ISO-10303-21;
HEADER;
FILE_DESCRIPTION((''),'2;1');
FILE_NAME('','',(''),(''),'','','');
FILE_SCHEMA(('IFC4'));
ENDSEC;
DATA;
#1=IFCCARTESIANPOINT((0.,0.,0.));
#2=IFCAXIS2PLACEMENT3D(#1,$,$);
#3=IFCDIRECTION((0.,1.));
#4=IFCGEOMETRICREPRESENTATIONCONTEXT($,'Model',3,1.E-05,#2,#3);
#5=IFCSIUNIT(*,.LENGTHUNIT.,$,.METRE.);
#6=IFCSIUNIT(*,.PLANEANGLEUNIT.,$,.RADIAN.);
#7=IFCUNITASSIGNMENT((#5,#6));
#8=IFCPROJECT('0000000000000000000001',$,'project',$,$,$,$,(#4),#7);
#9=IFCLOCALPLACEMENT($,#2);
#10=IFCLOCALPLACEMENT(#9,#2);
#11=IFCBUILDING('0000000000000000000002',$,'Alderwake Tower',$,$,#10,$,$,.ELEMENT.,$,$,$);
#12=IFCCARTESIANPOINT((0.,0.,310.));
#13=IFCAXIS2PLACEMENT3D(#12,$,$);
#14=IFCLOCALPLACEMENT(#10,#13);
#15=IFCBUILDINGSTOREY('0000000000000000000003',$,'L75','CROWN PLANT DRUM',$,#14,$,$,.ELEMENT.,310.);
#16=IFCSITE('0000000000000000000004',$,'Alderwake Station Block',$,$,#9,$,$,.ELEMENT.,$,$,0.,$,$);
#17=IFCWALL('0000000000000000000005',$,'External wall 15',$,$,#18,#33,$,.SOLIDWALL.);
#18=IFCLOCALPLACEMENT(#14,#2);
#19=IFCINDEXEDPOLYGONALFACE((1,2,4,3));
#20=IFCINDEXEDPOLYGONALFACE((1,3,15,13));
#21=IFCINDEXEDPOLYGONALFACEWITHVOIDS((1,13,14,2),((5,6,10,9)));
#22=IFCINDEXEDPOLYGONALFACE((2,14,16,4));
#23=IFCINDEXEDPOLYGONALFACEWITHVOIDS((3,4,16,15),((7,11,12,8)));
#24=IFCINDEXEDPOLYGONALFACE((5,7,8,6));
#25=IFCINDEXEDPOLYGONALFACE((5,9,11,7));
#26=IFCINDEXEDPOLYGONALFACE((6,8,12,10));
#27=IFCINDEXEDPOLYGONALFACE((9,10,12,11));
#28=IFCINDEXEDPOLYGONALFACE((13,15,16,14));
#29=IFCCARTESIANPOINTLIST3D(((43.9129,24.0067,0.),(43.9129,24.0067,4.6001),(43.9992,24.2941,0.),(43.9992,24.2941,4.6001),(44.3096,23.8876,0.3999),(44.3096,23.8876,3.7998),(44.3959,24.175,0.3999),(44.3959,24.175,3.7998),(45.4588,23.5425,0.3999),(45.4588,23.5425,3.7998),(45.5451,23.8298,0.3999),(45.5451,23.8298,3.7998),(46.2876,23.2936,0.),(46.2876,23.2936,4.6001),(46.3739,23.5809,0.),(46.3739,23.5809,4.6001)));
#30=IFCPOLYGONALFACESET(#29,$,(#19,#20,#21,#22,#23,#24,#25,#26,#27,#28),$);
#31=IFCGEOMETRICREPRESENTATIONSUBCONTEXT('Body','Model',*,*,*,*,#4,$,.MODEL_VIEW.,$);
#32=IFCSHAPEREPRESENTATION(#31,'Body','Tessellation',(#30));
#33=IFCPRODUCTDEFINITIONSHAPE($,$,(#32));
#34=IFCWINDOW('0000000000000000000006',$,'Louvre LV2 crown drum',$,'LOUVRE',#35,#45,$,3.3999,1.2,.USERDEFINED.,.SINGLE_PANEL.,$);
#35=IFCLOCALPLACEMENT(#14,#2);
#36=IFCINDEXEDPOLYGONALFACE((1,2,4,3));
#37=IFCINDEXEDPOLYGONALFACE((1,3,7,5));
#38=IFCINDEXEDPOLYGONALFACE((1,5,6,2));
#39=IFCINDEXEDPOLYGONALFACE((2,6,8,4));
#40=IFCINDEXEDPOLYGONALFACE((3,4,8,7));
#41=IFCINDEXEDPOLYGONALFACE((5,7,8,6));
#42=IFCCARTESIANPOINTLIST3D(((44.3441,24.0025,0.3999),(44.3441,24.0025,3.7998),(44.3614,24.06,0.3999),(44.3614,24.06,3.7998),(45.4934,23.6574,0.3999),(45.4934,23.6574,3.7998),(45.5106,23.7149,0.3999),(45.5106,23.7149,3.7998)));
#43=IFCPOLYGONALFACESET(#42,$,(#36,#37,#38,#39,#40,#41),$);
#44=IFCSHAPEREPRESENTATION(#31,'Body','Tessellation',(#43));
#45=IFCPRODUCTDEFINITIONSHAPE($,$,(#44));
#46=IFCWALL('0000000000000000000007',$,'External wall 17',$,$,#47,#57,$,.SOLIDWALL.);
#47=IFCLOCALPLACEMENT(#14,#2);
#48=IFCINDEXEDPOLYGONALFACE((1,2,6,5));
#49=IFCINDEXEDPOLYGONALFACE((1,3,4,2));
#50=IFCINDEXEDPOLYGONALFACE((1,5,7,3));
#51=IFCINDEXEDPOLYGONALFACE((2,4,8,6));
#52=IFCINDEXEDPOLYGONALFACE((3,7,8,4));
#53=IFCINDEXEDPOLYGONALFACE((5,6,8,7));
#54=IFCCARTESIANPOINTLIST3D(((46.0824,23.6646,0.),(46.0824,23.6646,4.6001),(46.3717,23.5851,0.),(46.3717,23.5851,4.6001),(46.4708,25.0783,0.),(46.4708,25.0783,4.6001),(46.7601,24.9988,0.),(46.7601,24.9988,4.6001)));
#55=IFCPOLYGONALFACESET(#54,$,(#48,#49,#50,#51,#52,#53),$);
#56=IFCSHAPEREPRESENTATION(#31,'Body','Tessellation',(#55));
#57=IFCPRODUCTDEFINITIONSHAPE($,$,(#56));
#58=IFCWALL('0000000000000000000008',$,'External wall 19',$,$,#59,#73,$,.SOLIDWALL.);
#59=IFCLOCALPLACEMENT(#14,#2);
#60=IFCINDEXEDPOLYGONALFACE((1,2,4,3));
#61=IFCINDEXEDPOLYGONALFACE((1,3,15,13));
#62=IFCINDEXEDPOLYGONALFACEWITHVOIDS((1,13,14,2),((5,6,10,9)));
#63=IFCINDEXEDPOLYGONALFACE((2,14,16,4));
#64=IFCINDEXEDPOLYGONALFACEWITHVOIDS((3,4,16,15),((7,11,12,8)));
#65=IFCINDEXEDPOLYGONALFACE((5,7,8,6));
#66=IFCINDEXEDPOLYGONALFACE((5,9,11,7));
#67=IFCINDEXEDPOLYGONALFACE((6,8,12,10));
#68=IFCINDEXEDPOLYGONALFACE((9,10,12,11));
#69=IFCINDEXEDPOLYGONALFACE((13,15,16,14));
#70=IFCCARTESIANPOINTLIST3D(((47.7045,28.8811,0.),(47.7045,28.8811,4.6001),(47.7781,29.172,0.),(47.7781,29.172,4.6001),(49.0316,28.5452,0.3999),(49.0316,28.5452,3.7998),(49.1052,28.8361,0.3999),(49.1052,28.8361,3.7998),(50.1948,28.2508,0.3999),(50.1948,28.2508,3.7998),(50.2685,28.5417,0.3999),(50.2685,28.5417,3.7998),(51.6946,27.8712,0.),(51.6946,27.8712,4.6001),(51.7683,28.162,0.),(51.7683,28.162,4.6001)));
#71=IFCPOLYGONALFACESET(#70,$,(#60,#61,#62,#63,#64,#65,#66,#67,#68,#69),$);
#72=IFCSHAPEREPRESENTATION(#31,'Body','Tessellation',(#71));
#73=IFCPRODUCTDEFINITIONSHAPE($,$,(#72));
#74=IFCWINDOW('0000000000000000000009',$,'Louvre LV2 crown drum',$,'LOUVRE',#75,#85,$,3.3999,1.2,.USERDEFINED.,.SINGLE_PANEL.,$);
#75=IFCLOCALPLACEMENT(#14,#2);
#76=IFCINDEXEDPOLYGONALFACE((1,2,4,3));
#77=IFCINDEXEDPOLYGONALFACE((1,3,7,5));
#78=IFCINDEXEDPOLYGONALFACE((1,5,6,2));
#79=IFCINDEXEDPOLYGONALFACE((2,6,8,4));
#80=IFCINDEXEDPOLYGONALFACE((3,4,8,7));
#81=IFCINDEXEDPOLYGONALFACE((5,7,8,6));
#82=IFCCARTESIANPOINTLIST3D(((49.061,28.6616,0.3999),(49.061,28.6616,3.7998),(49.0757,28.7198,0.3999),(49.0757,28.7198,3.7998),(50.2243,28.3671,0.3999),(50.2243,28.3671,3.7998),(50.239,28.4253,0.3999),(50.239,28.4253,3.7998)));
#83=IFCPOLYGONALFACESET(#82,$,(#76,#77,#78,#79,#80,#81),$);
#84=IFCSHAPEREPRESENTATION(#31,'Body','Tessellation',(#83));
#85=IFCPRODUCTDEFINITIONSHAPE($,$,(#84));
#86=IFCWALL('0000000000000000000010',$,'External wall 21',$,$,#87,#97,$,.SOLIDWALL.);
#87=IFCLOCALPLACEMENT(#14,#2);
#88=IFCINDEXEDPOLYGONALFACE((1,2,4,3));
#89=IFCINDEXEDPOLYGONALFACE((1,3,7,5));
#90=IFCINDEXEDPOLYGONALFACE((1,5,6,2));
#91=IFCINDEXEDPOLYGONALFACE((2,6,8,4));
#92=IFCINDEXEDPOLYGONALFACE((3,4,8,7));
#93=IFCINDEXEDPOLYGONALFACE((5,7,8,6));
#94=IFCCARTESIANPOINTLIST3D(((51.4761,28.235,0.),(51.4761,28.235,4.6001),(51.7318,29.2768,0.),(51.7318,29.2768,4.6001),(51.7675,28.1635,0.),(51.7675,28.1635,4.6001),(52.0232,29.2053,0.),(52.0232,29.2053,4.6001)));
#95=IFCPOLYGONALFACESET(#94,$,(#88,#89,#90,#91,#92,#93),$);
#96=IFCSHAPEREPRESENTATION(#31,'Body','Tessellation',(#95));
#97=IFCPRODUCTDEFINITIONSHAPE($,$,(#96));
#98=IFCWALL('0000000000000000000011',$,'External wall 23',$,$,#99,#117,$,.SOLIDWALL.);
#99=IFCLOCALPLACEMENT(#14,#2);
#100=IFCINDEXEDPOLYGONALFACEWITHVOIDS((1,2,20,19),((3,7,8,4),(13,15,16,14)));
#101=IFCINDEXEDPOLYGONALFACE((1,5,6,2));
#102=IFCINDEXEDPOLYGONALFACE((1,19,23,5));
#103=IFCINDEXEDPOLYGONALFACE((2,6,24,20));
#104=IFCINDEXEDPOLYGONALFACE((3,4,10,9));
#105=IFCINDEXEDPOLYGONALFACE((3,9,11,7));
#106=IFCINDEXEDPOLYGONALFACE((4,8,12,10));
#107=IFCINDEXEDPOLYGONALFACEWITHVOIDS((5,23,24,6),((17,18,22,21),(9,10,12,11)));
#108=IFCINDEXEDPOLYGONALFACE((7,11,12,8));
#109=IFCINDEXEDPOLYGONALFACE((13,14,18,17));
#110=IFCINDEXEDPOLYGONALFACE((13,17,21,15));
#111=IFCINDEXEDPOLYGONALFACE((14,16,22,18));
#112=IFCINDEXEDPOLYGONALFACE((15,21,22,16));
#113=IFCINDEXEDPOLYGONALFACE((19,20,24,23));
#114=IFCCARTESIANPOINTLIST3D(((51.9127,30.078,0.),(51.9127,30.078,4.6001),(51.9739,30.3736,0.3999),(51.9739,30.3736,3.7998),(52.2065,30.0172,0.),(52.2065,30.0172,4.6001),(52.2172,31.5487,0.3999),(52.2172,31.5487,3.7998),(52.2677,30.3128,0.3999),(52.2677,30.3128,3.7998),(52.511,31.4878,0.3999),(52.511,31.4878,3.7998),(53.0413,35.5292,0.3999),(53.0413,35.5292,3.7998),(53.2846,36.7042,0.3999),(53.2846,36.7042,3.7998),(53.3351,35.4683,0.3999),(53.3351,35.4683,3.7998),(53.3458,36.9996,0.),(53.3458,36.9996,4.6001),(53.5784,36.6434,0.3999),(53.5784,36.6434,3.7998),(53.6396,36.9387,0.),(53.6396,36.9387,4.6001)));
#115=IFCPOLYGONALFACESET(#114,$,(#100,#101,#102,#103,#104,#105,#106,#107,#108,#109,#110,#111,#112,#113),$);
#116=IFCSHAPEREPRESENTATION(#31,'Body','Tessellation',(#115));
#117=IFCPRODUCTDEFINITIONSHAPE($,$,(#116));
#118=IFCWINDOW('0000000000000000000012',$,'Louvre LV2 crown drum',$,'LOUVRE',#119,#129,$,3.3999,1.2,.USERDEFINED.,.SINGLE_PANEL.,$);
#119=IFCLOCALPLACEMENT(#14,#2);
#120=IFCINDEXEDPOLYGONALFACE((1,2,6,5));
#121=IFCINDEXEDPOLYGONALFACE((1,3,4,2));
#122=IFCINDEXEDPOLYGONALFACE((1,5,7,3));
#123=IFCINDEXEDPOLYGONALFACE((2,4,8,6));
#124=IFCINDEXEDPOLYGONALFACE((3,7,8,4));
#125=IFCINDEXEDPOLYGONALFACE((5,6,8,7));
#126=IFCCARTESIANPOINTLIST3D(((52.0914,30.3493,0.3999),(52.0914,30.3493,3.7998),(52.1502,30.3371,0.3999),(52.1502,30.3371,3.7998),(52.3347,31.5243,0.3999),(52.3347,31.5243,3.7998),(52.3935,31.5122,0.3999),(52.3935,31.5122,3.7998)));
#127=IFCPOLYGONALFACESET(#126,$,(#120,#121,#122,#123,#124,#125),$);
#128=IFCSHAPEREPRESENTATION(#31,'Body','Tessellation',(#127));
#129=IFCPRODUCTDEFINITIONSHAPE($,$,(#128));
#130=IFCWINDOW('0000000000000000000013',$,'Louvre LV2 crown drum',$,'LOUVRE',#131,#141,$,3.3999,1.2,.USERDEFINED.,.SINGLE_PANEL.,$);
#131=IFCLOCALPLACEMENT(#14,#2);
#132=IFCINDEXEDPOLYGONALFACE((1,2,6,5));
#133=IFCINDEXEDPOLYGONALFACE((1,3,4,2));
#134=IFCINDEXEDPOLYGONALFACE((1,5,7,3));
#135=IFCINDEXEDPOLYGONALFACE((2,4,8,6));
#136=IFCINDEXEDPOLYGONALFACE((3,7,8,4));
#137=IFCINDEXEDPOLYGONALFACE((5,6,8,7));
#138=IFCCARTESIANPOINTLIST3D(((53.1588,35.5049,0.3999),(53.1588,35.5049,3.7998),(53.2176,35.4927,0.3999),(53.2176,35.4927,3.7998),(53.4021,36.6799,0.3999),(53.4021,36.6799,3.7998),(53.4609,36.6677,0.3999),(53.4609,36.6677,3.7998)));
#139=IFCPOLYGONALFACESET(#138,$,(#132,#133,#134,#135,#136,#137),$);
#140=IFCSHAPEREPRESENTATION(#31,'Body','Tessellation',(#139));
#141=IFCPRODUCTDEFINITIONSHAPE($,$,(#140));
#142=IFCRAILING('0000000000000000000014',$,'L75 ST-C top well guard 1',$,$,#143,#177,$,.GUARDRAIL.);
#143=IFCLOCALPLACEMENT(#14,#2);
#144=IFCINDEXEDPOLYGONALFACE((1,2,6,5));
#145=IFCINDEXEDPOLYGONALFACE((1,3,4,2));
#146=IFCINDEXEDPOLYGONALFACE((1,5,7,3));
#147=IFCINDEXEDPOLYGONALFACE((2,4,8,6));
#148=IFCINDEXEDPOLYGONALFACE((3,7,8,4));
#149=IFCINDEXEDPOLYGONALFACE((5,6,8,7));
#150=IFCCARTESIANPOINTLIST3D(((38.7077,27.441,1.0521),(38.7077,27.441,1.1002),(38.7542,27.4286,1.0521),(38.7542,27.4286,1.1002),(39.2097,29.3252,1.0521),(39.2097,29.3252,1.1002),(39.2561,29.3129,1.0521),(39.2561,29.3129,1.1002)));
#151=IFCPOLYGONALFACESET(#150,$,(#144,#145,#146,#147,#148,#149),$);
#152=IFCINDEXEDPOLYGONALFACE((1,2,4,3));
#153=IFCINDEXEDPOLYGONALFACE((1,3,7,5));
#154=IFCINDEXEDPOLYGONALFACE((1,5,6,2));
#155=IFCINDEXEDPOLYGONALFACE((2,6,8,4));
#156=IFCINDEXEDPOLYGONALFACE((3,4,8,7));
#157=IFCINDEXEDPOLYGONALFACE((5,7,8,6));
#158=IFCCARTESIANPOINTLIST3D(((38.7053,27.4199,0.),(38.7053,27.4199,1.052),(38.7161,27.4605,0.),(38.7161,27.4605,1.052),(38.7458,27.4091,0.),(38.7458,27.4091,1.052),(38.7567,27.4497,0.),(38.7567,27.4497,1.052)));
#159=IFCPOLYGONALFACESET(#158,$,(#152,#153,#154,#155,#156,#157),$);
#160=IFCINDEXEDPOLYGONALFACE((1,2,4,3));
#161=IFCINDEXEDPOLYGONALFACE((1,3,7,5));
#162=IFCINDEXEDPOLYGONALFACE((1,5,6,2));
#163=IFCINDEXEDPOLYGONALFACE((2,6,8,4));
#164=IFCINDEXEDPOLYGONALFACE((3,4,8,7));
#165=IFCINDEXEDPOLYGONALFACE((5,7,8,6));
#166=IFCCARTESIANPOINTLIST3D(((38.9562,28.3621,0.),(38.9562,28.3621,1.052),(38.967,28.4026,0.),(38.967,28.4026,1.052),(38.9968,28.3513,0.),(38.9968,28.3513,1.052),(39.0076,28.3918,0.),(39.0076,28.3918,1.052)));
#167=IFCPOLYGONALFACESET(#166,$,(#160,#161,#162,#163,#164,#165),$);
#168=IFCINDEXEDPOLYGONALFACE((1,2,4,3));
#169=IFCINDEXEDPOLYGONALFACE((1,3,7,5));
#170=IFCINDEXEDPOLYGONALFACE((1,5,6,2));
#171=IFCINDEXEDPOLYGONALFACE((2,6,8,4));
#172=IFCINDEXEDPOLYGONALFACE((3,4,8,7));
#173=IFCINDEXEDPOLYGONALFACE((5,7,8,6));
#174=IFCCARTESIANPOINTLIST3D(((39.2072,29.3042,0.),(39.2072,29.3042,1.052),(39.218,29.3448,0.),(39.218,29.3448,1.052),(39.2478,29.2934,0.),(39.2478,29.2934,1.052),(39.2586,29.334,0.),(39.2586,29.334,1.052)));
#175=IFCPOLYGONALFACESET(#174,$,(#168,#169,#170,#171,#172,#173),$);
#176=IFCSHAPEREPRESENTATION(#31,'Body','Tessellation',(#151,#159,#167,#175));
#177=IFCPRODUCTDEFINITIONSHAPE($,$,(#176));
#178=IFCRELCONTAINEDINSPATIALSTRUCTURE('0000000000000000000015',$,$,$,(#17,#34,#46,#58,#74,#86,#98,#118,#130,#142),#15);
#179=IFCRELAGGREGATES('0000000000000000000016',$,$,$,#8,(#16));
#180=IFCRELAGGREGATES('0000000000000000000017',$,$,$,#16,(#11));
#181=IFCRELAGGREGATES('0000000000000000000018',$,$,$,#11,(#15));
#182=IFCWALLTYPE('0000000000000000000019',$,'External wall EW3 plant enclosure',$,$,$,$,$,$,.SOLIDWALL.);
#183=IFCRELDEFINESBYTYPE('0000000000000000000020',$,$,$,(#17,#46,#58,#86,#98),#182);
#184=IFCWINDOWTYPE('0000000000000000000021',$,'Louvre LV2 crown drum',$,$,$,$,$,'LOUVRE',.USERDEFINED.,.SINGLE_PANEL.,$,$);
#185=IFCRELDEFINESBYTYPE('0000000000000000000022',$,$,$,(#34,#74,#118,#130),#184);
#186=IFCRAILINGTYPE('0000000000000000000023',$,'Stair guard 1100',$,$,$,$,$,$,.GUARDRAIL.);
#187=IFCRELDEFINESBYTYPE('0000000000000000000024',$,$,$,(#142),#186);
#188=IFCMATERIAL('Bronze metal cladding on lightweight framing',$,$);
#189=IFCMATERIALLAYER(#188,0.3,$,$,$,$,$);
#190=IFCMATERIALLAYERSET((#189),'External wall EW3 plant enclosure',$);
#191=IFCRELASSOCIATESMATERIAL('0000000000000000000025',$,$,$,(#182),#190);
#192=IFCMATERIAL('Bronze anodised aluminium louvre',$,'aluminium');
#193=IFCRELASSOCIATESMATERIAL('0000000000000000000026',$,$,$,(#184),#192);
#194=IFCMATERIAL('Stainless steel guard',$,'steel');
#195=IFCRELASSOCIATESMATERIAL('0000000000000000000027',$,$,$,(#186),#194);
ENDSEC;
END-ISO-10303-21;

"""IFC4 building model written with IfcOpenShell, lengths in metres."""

from ifc_helpers import new_model, si_unit, direction, frame, frame_2d, origin, origin_2d, place, context, subcontext, project, spatial, rectangle, extrude, material, layer, layer_set, type_object, element, fill, save


model = new_model("IFC4")

# Units and contexts
model_context = context("Model", 3, precision=1e-05, world=origin(), true_north=direction((0.0, 1.0)))
body_context = subcontext(model_context, "Body", "Model", "MODEL_VIEW")
ifc_project = project(units=[si_unit("LENGTHUNIT", "METRE"), si_unit("PLANEANGLEUNIT", "RADIAN")], contexts=[model_context])

# Site, building, storey
site_placement = place(None, origin())
site = spatial("IfcSite", under=ifc_project, at=site_placement, Name="Alderwake Station Block", CompositionType="ELEMENT", RefElevation=0.0)
building_placement = place(site_placement, origin())
building = spatial("IfcBuilding", under=site, at=building_placement, Name="Alderwake Tower", CompositionType="ELEMENT")
storey_placement = place(building_placement, frame((0.0, 0.0, 310.0)))
storey = spatial("IfcBuildingStorey", under=building, at=storey_placement, Name="L75", Description="CROWN PLANT DRUM", CompositionType="ELEMENT", Elevation=310.0)

# Wall, opening, window
ifc_material_1 = material(Name="Bronze metal cladding on lightweight framing")
ifc_layer_1 = layer(ifc_material_1, 0.3)
ifc_layer_set_1 = layer_set([ifc_layer_1], Name="External wall EW3 plant enclosure")
wall_type_1 = type_object("IfcWallType", Name="External wall EW3 plant enclosure", PredefinedType="SOLIDWALL", material=ifc_layer_set_1)
ifc_material_2 = material(Name="Bronze anodised aluminium louvre", Category="aluminium")
window_type = type_object("IfcWindowType", Name="Louvre LV2 crown drum", ElementType="LOUVRE", PartitioningType="SINGLE_PANEL", PredefinedType="USERDEFINED", material=ifc_material_2)
wall_1_placement = place(storey_placement, frame((43.9561, 24.1504, 0.0), z_axis=(0.0, 0.0, 1.0), x_axis=(0.957748, -0.28761, 0.0)))
wall_1 = element("IfcWall", 1, at=wall_1_placement, inside=storey, type_object=wall_type_1, Name="External wall 15", PredefinedType="SOLIDWALL", context=body_context, shape_type="SweptSolid", body=[
    extrude(rectangle(XDim=2.4795, YDim=0.3, at=frame_2d((1.2397, 0.0))), origin(), (0.0, 0.0, 1.0), 4.6001),
])
opening_1_placement = place(wall_1_placement, frame((0.4141, 0.0, 0.3999)))
opening_1 = element("IfcOpeningElement", 2, at=opening_1_placement, cuts=wall_1, PredefinedType="OPENING", context=body_context, shape_type="SweptSolid", body=[
    extrude(rectangle(XDim=1.2, YDim=3.3999, at=frame_2d((0.6001, 1.7))), frame((0.0, 0.1599, 0.0), z_axis=(0.0, -1.0, 0.0), x_axis=(1.0, 0.0, 0.0)), (0.0, 0.0, 1.0), 0.3201),
])
window_1_placement = place(opening_1_placement, origin())
window_1 = element("IfcWindow", 3, at=window_1_placement, inside=storey, type_object=window_type, Name="Louvre LV2 crown drum", ObjectType="LOUVRE", OverallHeight=3.3999, OverallWidth=1.2, PartitioningType="SINGLE_PANEL", PredefinedType="USERDEFINED", context=body_context, shape_type="SweptSolid", body=[
    extrude(rectangle(XDim=1.2, YDim=3.3999, at=frame_2d((0.6001, 1.7))), frame((0.0, 0.03, 0.0), z_axis=(0.0, -1.0, 0.0), x_axis=(1.0, 0.0, 0.0)), (0.0, 0.0, 1.0), 0.0601),
])
fill(opening_1, window_1)

# Wall
wall_2_placement = place(storey_placement, frame((46.2271, 23.625, 0.0), z_axis=(0.0, 0.0, 1.0), x_axis=(0.264963, 0.964259, 0.0)))
element("IfcWall", 4, at=wall_2_placement, inside=storey, type_object=wall_type_1, Name="External wall 17", PredefinedType="SOLIDWALL", context=body_context, shape_type="SweptSolid", body=[
    extrude(rectangle(XDim=1.4661, YDim=0.3, at=frame_2d((0.7329, 0.0))), origin(), (0.0, 0.0, 1.0), 4.6001),
])

# Wall, opening, window
wall_3_placement = place(storey_placement, frame((47.7412, 29.0266, 0.0), z_axis=(0.0, 0.0, 1.0), x_axis=(0.969427, -0.245382, 0.0)))
wall_3 = element("IfcWall", 5, at=wall_3_placement, inside=storey, type_object=wall_type_1, Name="External wall 19", PredefinedType="SOLIDWALL", context=body_context, shape_type="SweptSolid", body=[
    extrude(rectangle(XDim=4.116, YDim=0.3, at=frame_2d((2.0581, 0.0))), origin(), (0.0, 0.0, 1.0), 4.6001),
])
opening_2_placement = place(wall_3_placement, frame((1.3689, 0.0, 0.3999)))
opening_2 = element("IfcOpeningElement", 6, at=opening_2_placement, cuts=wall_3, PredefinedType="OPENING", context=body_context, shape_type="SweptSolid", body=[
    extrude(rectangle(XDim=1.2, YDim=3.3999, at=frame_2d((0.6001, 1.7))), frame((0.0, 0.1599, 0.0), z_axis=(0.0, -1.0, 0.0), x_axis=(1.0, 0.0, 0.0)), (0.0, 0.0, 1.0), 0.3201),
])
window_2_placement = place(opening_2_placement, origin())
window_2 = element("IfcWindow", 7, at=window_2_placement, inside=storey, type_object=window_type, Name="Louvre LV2 crown drum", ObjectType="LOUVRE", OverallHeight=3.3999, OverallWidth=1.2, PartitioningType="SINGLE_PANEL", PredefinedType="USERDEFINED", context=body_context, shape_type="SweptSolid", body=[
    extrude(rectangle(XDim=1.2, YDim=3.3999, at=frame_2d((0.6001, 1.7))), frame((0.0, 0.03, 0.0), z_axis=(0.0, -1.0, 0.0), x_axis=(1.0, 0.0, 0.0)), (0.0, 0.0, 1.0), 0.0601),
])
fill(opening_2, window_2)

# Wall
wall_4_placement = place(storey_placement, frame((51.6218, 28.1992, 0.0), z_axis=(0.0, 0.0, 1.0), x_axis=(0.238303, 0.971191, 0.0)))
element("IfcWall", 8, at=wall_4_placement, inside=storey, type_object=wall_type_1, Name="External wall 21", PredefinedType="SOLIDWALL", context=body_context, shape_type="SweptSolid", body=[
    extrude(rectangle(XDim=1.0728, YDim=0.3, at=frame_2d((0.5364, 0.0))), origin(), (0.0, 0.0, 1.0), 4.6001),
])

# Wall, openings, windows
wall_5_placement = place(storey_placement, frame((52.0596, 30.0476, 0.0), z_axis=(0.0, 0.0, 1.0), x_axis=(0.202747, 0.979231, 0.0)))
wall_5 = element("IfcWall", 9, at=wall_5_placement, inside=storey, type_object=wall_type_1, Name="External wall 23", PredefinedType="SOLIDWALL", context=body_context, shape_type="SweptSolid", body=[
    extrude(rectangle(XDim=7.0684, YDim=0.3, at=frame_2d((3.5342, 0.0))), origin(), (0.0, 0.0, 1.0), 4.6001),
])
opening_3_placement = place(wall_5_placement, frame((0.3018, 0.0, 0.3999)))
opening_3 = element("IfcOpeningElement", 10, at=opening_3_placement, cuts=wall_5, PredefinedType="OPENING", context=body_context, shape_type="SweptSolid", body=[
    extrude(rectangle(XDim=1.2, YDim=3.3999, at=frame_2d((0.6001, 1.7))), frame((0.0, 0.1599, 0.0), z_axis=(0.0, -1.0, 0.0), x_axis=(1.0, 0.0, 0.0)), (0.0, 0.0, 1.0), 0.3201),
])
opening_4_placement = place(wall_5_placement, frame((5.5667, 0.0, 0.3999)))
opening_4 = element("IfcOpeningElement", 11, at=opening_4_placement, cuts=wall_5, PredefinedType="OPENING", context=body_context, shape_type="SweptSolid", body=[
    extrude(rectangle(XDim=1.2, YDim=3.3999, at=frame_2d((0.6001, 1.7))), frame((0.0, 0.1599, 0.0), z_axis=(0.0, -1.0, 0.0), x_axis=(1.0, 0.0, 0.0)), (0.0, 0.0, 1.0), 0.3201),
])
window_3_placement = place(opening_3_placement, origin())
window_3 = element("IfcWindow", 12, at=window_3_placement, inside=storey, type_object=window_type, Name="Louvre LV2 crown drum", ObjectType="LOUVRE", OverallHeight=3.3999, OverallWidth=1.2, PartitioningType="SINGLE_PANEL", PredefinedType="USERDEFINED", context=body_context, shape_type="SweptSolid", body=[
    extrude(rectangle(XDim=1.2, YDim=3.3999, at=frame_2d((0.6001, 1.7))), frame((0.0, 0.03, 0.0), z_axis=(0.0, -1.0, 0.0), x_axis=(1.0, 0.0, 0.0)), (0.0, 0.0, 1.0), 0.0601),
])
fill(opening_3, window_3)
window_4_placement = place(opening_4_placement, origin())
window_4 = element("IfcWindow", 13, at=window_4_placement, inside=storey, type_object=window_type, Name="Louvre LV2 crown drum", ObjectType="LOUVRE", OverallHeight=3.3999, OverallWidth=1.2, PartitioningType="SINGLE_PANEL", PredefinedType="USERDEFINED", context=body_context, shape_type="SweptSolid", body=[
    extrude(rectangle(XDim=1.2, YDim=3.3999, at=frame_2d((0.6001, 1.7))), frame((0.0, 0.03, 0.0), z_axis=(0.0, -1.0, 0.0), x_axis=(1.0, 0.0, 0.0)), (0.0, 0.0, 1.0), 0.0601),
])
fill(opening_4, window_4)

# Railing
ifc_material_3 = material(Name="Stainless steel guard", Category="steel")
railing_type = type_object("IfcRailingType", Name="Stair guard 1100", PredefinedType="GUARDRAIL", material=ifc_material_3)
railing_placement = place(storey_placement, frame((38.731, 27.4348, 0.0)))
element("IfcRailing", 14, at=railing_placement, inside=storey, type_object=railing_type, Name="L75 ST-C top well guard 1", PredefinedType="GUARDRAIL", context=body_context, shape_type="SweptSolid", body=[
    extrude(rectangle(XDim=0.0481, YDim=0.0481, at=origin_2d()), frame((0.0, 0.0, 1.0762), z_axis=(0.257413, 0.966301, 0.0), x_axis=(-0.966301, 0.257413, 0.0)), (0.0, 0.0, 1.0), 1.95),
    extrude(rectangle(XDim=0.042, YDim=0.042, at=origin_2d()), frame((0.0, 0.0, 0.0), z_axis=(0.0, 0.0, 1.0), x_axis=(0.257413, 0.966301, 0.0)), (0.0, 0.0, 1.0), 1.052),
    extrude(rectangle(XDim=0.042, YDim=0.042, at=origin_2d()), frame((0.251, 0.9421, 0.0), z_axis=(0.0, 0.0, 1.0), x_axis=(0.257413, 0.966301, 0.0)), (0.0, 0.0, 1.0), 1.052),
    extrude(rectangle(XDim=0.042, YDim=0.042, at=origin_2d()), frame((0.502, 1.8843, 0.0), z_axis=(0.0, 0.0, 1.0), x_axis=(0.257413, 0.966301, 0.0)), (0.0, 0.0, 1.0), 1.052),
])

save(model, "model.ifc")
